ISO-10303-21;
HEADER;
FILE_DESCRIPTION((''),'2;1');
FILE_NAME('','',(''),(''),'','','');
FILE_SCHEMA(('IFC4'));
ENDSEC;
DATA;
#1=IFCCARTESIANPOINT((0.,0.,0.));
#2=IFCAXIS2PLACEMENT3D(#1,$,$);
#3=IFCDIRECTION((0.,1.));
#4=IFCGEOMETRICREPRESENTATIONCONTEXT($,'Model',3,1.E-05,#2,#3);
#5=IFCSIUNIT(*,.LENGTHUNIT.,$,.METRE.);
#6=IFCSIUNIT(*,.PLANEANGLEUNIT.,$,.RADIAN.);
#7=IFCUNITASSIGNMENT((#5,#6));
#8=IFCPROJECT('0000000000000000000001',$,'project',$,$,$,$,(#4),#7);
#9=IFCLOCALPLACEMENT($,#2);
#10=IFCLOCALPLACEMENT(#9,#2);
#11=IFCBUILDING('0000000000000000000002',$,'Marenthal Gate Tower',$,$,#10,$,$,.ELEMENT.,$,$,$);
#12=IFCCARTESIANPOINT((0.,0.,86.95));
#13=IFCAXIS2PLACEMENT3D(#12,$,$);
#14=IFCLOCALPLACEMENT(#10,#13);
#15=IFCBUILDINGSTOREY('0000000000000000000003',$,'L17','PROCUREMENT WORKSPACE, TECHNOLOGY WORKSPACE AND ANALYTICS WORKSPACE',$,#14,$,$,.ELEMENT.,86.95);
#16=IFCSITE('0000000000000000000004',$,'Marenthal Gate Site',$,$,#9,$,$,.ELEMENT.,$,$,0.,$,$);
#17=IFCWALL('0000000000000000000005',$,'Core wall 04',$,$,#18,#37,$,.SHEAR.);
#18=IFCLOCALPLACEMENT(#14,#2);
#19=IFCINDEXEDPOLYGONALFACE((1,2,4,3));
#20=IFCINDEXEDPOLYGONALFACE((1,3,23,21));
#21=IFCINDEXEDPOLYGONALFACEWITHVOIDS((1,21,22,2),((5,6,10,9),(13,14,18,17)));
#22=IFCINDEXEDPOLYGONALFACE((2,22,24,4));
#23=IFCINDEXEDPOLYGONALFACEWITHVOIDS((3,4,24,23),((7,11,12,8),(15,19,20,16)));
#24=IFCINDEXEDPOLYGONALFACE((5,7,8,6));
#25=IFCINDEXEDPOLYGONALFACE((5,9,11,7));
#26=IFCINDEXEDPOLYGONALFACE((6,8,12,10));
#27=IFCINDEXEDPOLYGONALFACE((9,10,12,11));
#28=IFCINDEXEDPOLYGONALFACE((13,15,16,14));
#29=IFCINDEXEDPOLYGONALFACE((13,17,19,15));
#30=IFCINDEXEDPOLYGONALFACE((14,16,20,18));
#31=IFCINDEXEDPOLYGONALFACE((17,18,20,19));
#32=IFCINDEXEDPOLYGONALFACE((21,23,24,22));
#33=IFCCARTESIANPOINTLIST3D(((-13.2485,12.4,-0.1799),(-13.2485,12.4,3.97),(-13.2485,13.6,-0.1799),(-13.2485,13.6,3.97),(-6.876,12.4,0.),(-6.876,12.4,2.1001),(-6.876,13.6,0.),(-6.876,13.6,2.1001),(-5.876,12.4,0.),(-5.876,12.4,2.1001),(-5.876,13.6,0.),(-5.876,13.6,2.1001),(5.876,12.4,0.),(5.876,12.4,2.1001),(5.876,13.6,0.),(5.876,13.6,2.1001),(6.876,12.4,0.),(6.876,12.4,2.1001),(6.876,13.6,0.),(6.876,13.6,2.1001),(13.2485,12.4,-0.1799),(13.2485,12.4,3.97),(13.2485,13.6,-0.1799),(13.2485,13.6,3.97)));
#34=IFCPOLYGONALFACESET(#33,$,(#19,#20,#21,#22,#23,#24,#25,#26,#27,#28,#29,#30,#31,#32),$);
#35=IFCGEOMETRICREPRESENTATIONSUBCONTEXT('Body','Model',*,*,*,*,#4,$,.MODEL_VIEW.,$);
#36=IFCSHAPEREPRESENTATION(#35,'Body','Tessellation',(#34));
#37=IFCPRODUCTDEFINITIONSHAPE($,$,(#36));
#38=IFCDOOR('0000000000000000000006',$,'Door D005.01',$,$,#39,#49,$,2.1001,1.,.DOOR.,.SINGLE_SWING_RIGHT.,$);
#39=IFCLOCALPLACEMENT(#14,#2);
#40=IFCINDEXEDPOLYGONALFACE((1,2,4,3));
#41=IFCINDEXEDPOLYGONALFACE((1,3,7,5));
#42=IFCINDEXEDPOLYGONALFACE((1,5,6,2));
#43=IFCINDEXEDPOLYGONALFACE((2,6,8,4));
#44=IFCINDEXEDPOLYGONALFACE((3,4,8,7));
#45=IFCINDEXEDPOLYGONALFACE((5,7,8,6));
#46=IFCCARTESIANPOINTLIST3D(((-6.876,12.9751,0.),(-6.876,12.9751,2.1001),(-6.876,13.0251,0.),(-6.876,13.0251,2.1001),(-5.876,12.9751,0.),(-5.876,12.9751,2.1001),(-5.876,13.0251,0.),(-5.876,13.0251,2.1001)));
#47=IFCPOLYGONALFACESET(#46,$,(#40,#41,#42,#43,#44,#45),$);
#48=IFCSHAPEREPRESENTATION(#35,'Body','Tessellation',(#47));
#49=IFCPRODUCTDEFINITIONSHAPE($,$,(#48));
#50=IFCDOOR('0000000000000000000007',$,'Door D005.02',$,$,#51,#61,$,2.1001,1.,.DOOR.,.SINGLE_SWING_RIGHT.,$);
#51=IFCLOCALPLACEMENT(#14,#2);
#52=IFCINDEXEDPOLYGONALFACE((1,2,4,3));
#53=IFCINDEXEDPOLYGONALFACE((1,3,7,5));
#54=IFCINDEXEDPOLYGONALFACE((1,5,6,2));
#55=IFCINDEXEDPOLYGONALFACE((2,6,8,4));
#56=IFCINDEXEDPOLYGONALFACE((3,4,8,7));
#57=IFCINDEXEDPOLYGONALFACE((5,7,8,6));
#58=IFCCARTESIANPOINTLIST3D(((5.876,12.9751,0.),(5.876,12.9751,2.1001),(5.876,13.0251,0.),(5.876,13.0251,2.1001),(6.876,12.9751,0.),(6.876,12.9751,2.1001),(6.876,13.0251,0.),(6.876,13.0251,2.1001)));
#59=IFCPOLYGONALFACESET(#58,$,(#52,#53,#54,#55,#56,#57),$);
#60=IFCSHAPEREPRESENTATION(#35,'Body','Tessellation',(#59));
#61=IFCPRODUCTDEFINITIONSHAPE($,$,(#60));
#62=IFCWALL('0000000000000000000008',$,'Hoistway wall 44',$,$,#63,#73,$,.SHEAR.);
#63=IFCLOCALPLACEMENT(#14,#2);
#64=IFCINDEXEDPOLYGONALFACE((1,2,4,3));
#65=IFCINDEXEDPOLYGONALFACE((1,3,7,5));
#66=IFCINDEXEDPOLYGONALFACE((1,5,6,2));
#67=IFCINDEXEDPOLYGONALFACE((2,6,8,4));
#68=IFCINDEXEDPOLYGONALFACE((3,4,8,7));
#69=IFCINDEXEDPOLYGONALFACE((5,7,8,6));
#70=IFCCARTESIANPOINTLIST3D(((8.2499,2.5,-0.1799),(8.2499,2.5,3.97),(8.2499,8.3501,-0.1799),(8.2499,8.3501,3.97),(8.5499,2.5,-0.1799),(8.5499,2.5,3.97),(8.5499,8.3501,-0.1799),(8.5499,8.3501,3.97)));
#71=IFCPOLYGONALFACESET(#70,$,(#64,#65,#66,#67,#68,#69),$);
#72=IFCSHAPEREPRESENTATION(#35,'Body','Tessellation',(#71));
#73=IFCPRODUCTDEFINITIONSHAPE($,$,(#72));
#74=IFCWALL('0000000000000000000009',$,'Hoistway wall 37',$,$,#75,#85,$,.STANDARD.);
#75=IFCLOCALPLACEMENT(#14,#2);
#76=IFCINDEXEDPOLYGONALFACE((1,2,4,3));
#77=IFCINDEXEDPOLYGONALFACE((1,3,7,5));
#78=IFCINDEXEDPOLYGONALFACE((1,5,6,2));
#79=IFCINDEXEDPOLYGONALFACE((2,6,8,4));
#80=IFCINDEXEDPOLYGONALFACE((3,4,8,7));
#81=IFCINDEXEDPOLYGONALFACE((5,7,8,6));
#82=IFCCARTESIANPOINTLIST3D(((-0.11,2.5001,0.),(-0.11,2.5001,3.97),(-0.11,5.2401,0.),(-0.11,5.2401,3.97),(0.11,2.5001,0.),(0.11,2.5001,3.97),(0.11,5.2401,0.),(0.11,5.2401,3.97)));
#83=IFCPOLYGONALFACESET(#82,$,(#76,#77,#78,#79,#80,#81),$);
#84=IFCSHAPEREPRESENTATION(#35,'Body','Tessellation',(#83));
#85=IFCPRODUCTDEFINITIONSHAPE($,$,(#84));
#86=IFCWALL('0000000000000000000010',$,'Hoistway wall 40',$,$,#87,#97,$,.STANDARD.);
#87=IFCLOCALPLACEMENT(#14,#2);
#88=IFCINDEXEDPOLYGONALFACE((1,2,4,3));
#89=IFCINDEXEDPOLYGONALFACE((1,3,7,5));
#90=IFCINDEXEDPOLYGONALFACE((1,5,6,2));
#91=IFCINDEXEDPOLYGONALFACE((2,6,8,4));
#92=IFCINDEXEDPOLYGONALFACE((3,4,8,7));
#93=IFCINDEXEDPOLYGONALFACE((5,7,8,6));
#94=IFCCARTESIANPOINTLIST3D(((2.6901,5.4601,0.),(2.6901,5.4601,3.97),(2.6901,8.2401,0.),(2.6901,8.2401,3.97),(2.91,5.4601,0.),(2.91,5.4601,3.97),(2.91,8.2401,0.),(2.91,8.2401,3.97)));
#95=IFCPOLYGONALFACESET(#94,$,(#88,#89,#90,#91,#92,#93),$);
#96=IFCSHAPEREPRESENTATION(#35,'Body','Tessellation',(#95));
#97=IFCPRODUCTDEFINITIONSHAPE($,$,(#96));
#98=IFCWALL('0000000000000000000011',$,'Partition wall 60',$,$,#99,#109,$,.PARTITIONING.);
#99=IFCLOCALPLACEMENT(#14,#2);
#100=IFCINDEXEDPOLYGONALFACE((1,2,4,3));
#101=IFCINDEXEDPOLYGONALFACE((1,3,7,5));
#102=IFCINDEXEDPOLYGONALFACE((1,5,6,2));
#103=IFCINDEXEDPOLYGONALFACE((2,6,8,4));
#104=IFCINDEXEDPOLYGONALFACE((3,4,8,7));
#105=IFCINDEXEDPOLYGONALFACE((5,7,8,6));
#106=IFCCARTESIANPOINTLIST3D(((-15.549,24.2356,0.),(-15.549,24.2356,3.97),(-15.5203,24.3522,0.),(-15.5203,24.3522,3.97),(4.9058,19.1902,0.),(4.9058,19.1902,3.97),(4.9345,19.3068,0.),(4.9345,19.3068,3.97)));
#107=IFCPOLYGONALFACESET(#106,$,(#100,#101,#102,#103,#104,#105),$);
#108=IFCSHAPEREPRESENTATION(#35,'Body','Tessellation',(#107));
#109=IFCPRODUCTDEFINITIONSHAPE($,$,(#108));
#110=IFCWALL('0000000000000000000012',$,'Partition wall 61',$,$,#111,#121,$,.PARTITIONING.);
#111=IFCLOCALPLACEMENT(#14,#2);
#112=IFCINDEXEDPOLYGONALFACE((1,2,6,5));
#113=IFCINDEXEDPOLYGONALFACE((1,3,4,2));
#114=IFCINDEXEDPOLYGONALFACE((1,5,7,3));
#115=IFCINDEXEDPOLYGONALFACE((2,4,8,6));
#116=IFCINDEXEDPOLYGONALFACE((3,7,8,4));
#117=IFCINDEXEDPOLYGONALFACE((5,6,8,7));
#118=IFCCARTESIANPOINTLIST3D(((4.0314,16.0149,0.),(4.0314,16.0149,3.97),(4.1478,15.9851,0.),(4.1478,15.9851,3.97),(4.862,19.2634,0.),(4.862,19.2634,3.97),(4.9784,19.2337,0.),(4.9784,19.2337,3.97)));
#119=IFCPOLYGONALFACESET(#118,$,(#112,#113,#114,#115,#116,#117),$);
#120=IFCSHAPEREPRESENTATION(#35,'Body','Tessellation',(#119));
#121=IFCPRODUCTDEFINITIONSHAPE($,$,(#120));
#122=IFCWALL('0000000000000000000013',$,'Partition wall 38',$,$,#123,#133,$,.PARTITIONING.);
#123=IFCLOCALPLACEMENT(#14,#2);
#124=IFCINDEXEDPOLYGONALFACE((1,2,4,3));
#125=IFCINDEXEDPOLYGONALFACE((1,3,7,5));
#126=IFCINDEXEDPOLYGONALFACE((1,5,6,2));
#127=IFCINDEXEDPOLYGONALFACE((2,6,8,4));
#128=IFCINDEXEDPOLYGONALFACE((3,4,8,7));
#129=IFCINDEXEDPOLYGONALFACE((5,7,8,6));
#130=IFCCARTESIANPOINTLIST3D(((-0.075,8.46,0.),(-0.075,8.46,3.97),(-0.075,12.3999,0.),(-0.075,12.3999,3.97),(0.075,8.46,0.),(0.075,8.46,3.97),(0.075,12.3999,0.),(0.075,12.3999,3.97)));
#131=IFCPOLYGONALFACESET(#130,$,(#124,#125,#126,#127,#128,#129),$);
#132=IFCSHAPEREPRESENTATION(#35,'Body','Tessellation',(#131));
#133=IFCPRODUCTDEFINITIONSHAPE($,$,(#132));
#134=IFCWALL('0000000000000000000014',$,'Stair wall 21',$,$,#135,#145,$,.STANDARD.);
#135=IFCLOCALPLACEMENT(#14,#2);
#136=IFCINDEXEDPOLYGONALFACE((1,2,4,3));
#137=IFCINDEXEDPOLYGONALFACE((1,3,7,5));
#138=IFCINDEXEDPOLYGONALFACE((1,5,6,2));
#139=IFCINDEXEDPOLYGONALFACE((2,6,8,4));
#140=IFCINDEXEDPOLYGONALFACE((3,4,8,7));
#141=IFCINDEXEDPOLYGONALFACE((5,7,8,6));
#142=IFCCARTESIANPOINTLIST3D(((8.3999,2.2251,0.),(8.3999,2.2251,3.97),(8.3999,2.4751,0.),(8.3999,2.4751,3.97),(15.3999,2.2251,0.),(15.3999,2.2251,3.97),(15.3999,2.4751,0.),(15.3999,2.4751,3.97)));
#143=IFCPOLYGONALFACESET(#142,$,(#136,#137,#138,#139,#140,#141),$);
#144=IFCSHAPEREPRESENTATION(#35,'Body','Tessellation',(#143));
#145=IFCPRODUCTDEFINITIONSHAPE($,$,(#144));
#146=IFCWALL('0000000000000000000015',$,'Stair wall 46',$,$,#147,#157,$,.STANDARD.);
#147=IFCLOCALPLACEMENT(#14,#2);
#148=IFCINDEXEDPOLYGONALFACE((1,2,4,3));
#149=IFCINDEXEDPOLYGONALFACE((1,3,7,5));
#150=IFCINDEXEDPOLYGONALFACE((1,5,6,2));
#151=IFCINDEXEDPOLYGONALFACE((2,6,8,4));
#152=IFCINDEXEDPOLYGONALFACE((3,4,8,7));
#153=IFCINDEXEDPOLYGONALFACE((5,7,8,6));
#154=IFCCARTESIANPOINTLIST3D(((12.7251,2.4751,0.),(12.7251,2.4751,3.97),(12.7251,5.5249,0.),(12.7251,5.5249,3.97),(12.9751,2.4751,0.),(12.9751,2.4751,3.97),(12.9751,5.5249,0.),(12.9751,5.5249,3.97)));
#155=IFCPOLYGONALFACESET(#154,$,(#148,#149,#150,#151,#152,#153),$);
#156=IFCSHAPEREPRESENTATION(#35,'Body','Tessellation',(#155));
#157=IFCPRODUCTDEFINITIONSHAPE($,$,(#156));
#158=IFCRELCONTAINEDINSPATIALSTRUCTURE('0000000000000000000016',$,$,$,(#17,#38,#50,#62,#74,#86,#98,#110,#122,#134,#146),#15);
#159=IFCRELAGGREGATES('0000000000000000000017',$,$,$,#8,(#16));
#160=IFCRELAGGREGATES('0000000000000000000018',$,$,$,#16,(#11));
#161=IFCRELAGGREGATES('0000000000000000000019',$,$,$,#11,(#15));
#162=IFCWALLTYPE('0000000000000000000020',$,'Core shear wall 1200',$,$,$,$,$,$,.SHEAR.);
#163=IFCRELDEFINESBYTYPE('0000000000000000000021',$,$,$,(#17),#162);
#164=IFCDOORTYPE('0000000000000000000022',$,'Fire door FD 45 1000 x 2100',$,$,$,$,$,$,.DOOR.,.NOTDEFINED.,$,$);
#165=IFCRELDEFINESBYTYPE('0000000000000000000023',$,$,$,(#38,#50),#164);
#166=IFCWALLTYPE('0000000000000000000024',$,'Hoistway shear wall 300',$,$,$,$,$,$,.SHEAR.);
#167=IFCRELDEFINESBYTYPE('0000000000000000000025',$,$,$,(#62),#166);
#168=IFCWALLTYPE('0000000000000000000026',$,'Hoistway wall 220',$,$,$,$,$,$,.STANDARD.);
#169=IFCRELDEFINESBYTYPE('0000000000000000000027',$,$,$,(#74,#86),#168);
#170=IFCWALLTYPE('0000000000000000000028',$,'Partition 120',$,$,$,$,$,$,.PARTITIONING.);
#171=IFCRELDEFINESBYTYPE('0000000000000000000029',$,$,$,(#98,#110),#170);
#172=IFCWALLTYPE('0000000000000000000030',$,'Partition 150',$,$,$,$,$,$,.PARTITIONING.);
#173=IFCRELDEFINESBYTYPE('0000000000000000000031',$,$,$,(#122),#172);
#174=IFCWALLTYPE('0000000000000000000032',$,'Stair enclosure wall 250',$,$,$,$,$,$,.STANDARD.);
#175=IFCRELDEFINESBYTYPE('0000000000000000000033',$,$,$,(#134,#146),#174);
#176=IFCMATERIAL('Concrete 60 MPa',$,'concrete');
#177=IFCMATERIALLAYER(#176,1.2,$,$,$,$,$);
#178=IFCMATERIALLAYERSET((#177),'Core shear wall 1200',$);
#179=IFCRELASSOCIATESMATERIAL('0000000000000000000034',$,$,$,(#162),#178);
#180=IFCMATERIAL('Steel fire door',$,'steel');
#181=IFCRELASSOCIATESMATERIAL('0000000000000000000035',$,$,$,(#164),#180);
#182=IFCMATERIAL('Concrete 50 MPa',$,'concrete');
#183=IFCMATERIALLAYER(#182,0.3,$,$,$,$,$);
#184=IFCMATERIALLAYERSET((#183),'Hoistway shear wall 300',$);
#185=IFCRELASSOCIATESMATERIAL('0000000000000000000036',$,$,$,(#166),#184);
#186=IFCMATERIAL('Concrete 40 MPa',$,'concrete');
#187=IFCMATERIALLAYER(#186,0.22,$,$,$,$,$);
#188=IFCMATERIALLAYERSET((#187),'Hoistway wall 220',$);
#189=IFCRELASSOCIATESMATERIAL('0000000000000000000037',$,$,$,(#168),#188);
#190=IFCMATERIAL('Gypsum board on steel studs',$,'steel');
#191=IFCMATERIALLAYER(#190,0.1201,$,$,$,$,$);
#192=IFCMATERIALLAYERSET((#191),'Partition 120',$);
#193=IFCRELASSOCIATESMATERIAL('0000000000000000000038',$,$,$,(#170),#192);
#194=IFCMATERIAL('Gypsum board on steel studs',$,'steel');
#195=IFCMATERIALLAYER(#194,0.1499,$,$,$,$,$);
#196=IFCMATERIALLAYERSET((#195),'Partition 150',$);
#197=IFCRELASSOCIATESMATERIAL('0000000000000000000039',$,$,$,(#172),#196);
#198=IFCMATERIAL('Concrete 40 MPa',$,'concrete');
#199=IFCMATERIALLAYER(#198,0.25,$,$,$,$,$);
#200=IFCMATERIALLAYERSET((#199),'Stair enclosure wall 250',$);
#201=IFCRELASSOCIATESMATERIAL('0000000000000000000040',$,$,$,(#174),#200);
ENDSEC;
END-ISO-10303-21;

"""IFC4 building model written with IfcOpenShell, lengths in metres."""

from ifc_helpers import new_model, si_unit, direction, frame, frame_2d, origin, place, context, subcontext, project, spatial, rectangle, extrude, material, layer, layer_set, type_object, element, fill, save


model = new_model("IFC4")

# Units and contexts
model_context = context("Model", 3, precision=1e-05, world=origin(), true_north=direction((0.0, 1.0)))
body_context = subcontext(model_context, "Body", "Model", "MODEL_VIEW")
ifc_project = project(units=[si_unit("LENGTHUNIT", "METRE"), si_unit("PLANEANGLEUNIT", "RADIAN")], contexts=[model_context])

# Site, building, storey
site_placement = place(None, origin())
site = spatial("IfcSite", under=ifc_project, at=site_placement, Name="Marenthal Gate Site", CompositionType="ELEMENT", RefElevation=0.0)
building_placement = place(site_placement, origin())
building = spatial("IfcBuilding", under=site, at=building_placement, Name="Marenthal Gate Tower", CompositionType="ELEMENT")
storey_placement = place(building_placement, frame((0.0, 0.0, 86.95)))
storey = spatial("IfcBuildingStorey", under=building, at=storey_placement, Name="L17", Description="PROCUREMENT WORKSPACE, TECHNOLOGY WORKSPACE AND ANALYTICS WORKSPACE", CompositionType="ELEMENT", Elevation=86.95)

# Wall, openings, doors
ifc_material_1 = material(Name="Concrete 60 MPa", Category="concrete")
ifc_layer_1 = layer(ifc_material_1, 1.2)
ifc_layer_set_1 = layer_set([ifc_layer_1], Name="Core shear wall 1200")
wall_type_1 = type_object("IfcWallType", Name="Core shear wall 1200", PredefinedType="SHEAR", material=ifc_layer_set_1)
wall_1_placement = place(storey_placement, frame((13.2485, 13.0, -0.1799), z_axis=(0.0, 0.0, 1.0), x_axis=(-1.0, 0.0, 0.0)))
wall_1 = element("IfcWall", 1, at=wall_1_placement, inside=storey, type_object=wall_type_1, Name="Core wall 04", PredefinedType="SHEAR", context=body_context, shape_type="SweptSolid", body=[
    extrude(rectangle(XDim=26.4971, YDim=1.2, at=frame_2d((13.2485, 0.0))), origin(), (0.0, 0.0, 1.0), 4.1499),
])
opening_1_placement = place(wall_1_placement, frame((19.1245, 0.0, 0.1799)))
opening_1 = element("IfcOpeningElement", 2, at=opening_1_placement, cuts=wall_1, PredefinedType="OPENING", context=body_context, shape_type="SweptSolid", body=[
    extrude(rectangle(XDim=1.0, YDim=2.1001, at=frame_2d((0.5, 1.05))), frame((0.0, 0.6099, 0.0), z_axis=(0.0, -1.0, 0.0), x_axis=(1.0, 0.0, 0.0)), (0.0, 0.0, 1.0), 1.22),
])
opening_2_placement = place(wall_1_placement, frame((6.3726, 0.0, 0.1799)))
opening_2 = element("IfcOpeningElement", 3, at=opening_2_placement, cuts=wall_1, PredefinedType="OPENING", context=body_context, shape_type="SweptSolid", body=[
    extrude(rectangle(XDim=1.0, YDim=2.1001, at=frame_2d((0.5, 1.05))), frame((0.0, 0.6099, 0.0), z_axis=(0.0, -1.0, 0.0), x_axis=(1.0, 0.0, 0.0)), (0.0, 0.0, 1.0), 1.22),
])
ifc_material_2 = material(Name="Steel fire door", Category="steel")
door_type_1 = type_object("IfcDoorType", Name="Fire door FD 45 1000 x 2100", OperationType="NOTDEFINED", PredefinedType="DOOR", material=ifc_material_2)
door_1_placement = place(opening_1_placement, origin())
door_1 = element("IfcDoor", 4, at=door_1_placement, inside=storey, type_object=door_type_1, Name="Door D005.01", OperationType="SINGLE_SWING_RIGHT", OverallHeight=2.1001, OverallWidth=1.0, PredefinedType="DOOR", context=body_context, shape_type="SweptSolid", body=[
    extrude(rectangle(XDim=1.0, YDim=2.1001, at=frame_2d((0.5, 1.05))), frame((0.0, 0.0249, 0.0), z_axis=(0.0, -1.0, 0.0), x_axis=(1.0, 0.0, 0.0)), (0.0, 0.0, 1.0), 0.05),
])
fill(opening_1, door_1)
door_2_placement = place(opening_2_placement, origin())
door_2 = element("IfcDoor", 5, at=door_2_placement, inside=storey, type_object=door_type_1, Name="Door D005.02", OperationType="SINGLE_SWING_RIGHT", OverallHeight=2.1001, OverallWidth=1.0, PredefinedType="DOOR", context=body_context, shape_type="SweptSolid", body=[
    extrude(rectangle(XDim=1.0, YDim=2.1001, at=frame_2d((0.5, 1.05))), frame((0.0, 0.0249, 0.0), z_axis=(0.0, -1.0, 0.0), x_axis=(1.0, 0.0, 0.0)), (0.0, 0.0, 1.0), 0.05),
])
fill(opening_2, door_2)

# Walls
ifc_material_3 = material(Name="Concrete 50 MPa", Category="concrete")
ifc_layer_2 = layer(ifc_material_3, 0.3)
ifc_layer_set_2 = layer_set([ifc_layer_2], Name="Hoistway shear wall 300")
wall_type_2 = type_object("IfcWallType", Name="Hoistway shear wall 300", PredefinedType="SHEAR", material=ifc_layer_set_2)
wall_2_placement = place(storey_placement, frame((8.3999, 2.5, -0.1799), z_axis=(0.0, 0.0, 1.0), x_axis=(0.0, 1.0, 0.0)))
element("IfcWall", 6, at=wall_2_placement, inside=storey, type_object=wall_type_2, Name="Hoistway wall 44", PredefinedType="SHEAR", context=body_context, shape_type="SweptSolid", body=[
    extrude(rectangle(XDim=5.8501, YDim=0.3, at=frame_2d((2.925, 0.0))), origin(), (0.0, 0.0, 1.0), 4.1499),
])
ifc_material_4 = material(Name="Concrete 40 MPa", Category="concrete")
ifc_layer_3 = layer(ifc_material_4, 0.22)
ifc_layer_set_3 = layer_set([ifc_layer_3], Name="Hoistway wall 220")
wall_type_3 = type_object("IfcWallType", Name="Hoistway wall 220", PredefinedType="STANDARD", material=ifc_layer_set_3)
wall_3_placement = place(storey_placement, frame((0.0, 2.5, 0.0), z_axis=(0.0, 0.0, 1.0), x_axis=(0.0, 1.0, 0.0)))
element("IfcWall", 7, at=wall_3_placement, inside=storey, type_object=wall_type_3, Name="Hoistway wall 37", PredefinedType="STANDARD", context=body_context, shape_type="SweptSolid", body=[
    extrude(rectangle(XDim=2.74, YDim=0.22, at=frame_2d((1.3701, 0.0))), origin(), (0.0, 0.0, 1.0), 3.97),
])
wall_4_placement = place(storey_placement, frame((2.8, 5.46, 0.0), z_axis=(0.0, 0.0, 1.0), x_axis=(0.0, 1.0, 0.0)))
element("IfcWall", 8, at=wall_4_placement, inside=storey, type_object=wall_type_3, Name="Hoistway wall 40", PredefinedType="STANDARD", context=body_context, shape_type="SweptSolid", body=[
    extrude(rectangle(XDim=2.78, YDim=0.22, at=frame_2d((1.3901, 0.0))), origin(), (0.0, 0.0, 1.0), 3.97),
])
ifc_material_5 = material(Name="Gypsum board on steel studs", Category="steel")
ifc_layer_4 = layer(ifc_material_5, 0.1201)
ifc_layer_set_4 = layer_set([ifc_layer_4], Name="Partition 120")
wall_type_4 = type_object("IfcWallType", Name="Partition 120", PredefinedType="PARTITIONING", material=ifc_layer_set_4)
wall_5_placement = place(storey_placement, frame((4.9202, 19.2485, 0.0), z_axis=(0.0, 0.0, 1.0), x_axis=(-0.9709, 0.239483, 0.0)))
element("IfcWall", 9, at=wall_5_placement, inside=storey, type_object=wall_type_4, Name="Partition wall 60", PredefinedType="PARTITIONING", context=body_context, shape_type="SweptSolid", body=[
    extrude(rectangle(XDim=21.0679, YDim=0.1201, at=frame_2d((10.5339, 0.0))), origin(), (0.0, 0.0, 1.0), 3.97),
])
wall_6_placement = place(storey_placement, frame((4.9202, 19.2485, 0.0), z_axis=(0.0, 0.0, 1.0), x_axis=(-0.247706, -0.968835, 0.0)))
element("IfcWall", 10, at=wall_6_placement, inside=storey, type_object=wall_type_4, Name="Partition wall 61", PredefinedType="PARTITIONING", context=body_context, shape_type="SweptSolid", body=[
    extrude(rectangle(XDim=3.353, YDim=0.1201, at=frame_2d((1.6765, 0.0))), origin(), (0.0, 0.0, 1.0), 3.97),
])
ifc_material_6 = material(Name="Gypsum board on steel studs", Category="steel")
ifc_layer_5 = layer(ifc_material_6, 0.1499)
ifc_layer_set_5 = layer_set([ifc_layer_5], Name="Partition 150")
wall_type_5 = type_object("IfcWallType", Name="Partition 150", PredefinedType="PARTITIONING", material=ifc_layer_set_5)
wall_7_placement = place(storey_placement, frame((0.0, 8.46, 0.0), z_axis=(0.0, 0.0, 1.0), x_axis=(0.0, 1.0, 0.0)))
element("IfcWall", 11, at=wall_7_placement, inside=storey, type_object=wall_type_5, Name="Partition wall 38", PredefinedType="PARTITIONING", context=body_context, shape_type="SweptSolid", body=[
    extrude(rectangle(XDim=3.9399, YDim=0.1499, at=frame_2d((1.97, 0.0))), origin(), (0.0, 0.0, 1.0), 3.97),
])
ifc_material_7 = material(Name="Concrete 40 MPa", Category="concrete")
ifc_layer_6 = layer(ifc_material_7, 0.25)
ifc_layer_set_6 = layer_set([ifc_layer_6], Name="Stair enclosure wall 250")
wall_type_6 = type_object("IfcWallType", Name="Stair enclosure wall 250", PredefinedType="STANDARD", material=ifc_layer_set_6)
wall_8_placement = place(storey_placement, frame((8.3999, 2.3501, 0.0), z_axis=(0.0, 0.0, 1.0), x_axis=(1.0, 0.0, 0.0)))
element("IfcWall", 12, at=wall_8_placement, inside=storey, type_object=wall_type_6, Name="Stair wall 21", PredefinedType="STANDARD", context=body_context, shape_type="SweptSolid", body=[
    extrude(rectangle(XDim=7.0, YDim=0.25, at=frame_2d((3.5, 0.0))), origin(), (0.0, 0.0, 1.0), 3.97),
])
wall_9_placement = place(storey_placement, frame((12.8501, 2.4751, 0.0), z_axis=(0.0, 0.0, 1.0), x_axis=(0.0, 1.0, 0.0)))
element("IfcWall", 13, at=wall_9_placement, inside=storey, type_object=wall_type_6, Name="Stair wall 46", PredefinedType="STANDARD", context=body_context, shape_type="SweptSolid", body=[
    extrude(rectangle(XDim=3.0498, YDim=0.25, at=frame_2d((1.5249, 0.0))), origin(), (0.0, 0.0, 1.0), 3.97),
])

save(model, "model.ifc")
